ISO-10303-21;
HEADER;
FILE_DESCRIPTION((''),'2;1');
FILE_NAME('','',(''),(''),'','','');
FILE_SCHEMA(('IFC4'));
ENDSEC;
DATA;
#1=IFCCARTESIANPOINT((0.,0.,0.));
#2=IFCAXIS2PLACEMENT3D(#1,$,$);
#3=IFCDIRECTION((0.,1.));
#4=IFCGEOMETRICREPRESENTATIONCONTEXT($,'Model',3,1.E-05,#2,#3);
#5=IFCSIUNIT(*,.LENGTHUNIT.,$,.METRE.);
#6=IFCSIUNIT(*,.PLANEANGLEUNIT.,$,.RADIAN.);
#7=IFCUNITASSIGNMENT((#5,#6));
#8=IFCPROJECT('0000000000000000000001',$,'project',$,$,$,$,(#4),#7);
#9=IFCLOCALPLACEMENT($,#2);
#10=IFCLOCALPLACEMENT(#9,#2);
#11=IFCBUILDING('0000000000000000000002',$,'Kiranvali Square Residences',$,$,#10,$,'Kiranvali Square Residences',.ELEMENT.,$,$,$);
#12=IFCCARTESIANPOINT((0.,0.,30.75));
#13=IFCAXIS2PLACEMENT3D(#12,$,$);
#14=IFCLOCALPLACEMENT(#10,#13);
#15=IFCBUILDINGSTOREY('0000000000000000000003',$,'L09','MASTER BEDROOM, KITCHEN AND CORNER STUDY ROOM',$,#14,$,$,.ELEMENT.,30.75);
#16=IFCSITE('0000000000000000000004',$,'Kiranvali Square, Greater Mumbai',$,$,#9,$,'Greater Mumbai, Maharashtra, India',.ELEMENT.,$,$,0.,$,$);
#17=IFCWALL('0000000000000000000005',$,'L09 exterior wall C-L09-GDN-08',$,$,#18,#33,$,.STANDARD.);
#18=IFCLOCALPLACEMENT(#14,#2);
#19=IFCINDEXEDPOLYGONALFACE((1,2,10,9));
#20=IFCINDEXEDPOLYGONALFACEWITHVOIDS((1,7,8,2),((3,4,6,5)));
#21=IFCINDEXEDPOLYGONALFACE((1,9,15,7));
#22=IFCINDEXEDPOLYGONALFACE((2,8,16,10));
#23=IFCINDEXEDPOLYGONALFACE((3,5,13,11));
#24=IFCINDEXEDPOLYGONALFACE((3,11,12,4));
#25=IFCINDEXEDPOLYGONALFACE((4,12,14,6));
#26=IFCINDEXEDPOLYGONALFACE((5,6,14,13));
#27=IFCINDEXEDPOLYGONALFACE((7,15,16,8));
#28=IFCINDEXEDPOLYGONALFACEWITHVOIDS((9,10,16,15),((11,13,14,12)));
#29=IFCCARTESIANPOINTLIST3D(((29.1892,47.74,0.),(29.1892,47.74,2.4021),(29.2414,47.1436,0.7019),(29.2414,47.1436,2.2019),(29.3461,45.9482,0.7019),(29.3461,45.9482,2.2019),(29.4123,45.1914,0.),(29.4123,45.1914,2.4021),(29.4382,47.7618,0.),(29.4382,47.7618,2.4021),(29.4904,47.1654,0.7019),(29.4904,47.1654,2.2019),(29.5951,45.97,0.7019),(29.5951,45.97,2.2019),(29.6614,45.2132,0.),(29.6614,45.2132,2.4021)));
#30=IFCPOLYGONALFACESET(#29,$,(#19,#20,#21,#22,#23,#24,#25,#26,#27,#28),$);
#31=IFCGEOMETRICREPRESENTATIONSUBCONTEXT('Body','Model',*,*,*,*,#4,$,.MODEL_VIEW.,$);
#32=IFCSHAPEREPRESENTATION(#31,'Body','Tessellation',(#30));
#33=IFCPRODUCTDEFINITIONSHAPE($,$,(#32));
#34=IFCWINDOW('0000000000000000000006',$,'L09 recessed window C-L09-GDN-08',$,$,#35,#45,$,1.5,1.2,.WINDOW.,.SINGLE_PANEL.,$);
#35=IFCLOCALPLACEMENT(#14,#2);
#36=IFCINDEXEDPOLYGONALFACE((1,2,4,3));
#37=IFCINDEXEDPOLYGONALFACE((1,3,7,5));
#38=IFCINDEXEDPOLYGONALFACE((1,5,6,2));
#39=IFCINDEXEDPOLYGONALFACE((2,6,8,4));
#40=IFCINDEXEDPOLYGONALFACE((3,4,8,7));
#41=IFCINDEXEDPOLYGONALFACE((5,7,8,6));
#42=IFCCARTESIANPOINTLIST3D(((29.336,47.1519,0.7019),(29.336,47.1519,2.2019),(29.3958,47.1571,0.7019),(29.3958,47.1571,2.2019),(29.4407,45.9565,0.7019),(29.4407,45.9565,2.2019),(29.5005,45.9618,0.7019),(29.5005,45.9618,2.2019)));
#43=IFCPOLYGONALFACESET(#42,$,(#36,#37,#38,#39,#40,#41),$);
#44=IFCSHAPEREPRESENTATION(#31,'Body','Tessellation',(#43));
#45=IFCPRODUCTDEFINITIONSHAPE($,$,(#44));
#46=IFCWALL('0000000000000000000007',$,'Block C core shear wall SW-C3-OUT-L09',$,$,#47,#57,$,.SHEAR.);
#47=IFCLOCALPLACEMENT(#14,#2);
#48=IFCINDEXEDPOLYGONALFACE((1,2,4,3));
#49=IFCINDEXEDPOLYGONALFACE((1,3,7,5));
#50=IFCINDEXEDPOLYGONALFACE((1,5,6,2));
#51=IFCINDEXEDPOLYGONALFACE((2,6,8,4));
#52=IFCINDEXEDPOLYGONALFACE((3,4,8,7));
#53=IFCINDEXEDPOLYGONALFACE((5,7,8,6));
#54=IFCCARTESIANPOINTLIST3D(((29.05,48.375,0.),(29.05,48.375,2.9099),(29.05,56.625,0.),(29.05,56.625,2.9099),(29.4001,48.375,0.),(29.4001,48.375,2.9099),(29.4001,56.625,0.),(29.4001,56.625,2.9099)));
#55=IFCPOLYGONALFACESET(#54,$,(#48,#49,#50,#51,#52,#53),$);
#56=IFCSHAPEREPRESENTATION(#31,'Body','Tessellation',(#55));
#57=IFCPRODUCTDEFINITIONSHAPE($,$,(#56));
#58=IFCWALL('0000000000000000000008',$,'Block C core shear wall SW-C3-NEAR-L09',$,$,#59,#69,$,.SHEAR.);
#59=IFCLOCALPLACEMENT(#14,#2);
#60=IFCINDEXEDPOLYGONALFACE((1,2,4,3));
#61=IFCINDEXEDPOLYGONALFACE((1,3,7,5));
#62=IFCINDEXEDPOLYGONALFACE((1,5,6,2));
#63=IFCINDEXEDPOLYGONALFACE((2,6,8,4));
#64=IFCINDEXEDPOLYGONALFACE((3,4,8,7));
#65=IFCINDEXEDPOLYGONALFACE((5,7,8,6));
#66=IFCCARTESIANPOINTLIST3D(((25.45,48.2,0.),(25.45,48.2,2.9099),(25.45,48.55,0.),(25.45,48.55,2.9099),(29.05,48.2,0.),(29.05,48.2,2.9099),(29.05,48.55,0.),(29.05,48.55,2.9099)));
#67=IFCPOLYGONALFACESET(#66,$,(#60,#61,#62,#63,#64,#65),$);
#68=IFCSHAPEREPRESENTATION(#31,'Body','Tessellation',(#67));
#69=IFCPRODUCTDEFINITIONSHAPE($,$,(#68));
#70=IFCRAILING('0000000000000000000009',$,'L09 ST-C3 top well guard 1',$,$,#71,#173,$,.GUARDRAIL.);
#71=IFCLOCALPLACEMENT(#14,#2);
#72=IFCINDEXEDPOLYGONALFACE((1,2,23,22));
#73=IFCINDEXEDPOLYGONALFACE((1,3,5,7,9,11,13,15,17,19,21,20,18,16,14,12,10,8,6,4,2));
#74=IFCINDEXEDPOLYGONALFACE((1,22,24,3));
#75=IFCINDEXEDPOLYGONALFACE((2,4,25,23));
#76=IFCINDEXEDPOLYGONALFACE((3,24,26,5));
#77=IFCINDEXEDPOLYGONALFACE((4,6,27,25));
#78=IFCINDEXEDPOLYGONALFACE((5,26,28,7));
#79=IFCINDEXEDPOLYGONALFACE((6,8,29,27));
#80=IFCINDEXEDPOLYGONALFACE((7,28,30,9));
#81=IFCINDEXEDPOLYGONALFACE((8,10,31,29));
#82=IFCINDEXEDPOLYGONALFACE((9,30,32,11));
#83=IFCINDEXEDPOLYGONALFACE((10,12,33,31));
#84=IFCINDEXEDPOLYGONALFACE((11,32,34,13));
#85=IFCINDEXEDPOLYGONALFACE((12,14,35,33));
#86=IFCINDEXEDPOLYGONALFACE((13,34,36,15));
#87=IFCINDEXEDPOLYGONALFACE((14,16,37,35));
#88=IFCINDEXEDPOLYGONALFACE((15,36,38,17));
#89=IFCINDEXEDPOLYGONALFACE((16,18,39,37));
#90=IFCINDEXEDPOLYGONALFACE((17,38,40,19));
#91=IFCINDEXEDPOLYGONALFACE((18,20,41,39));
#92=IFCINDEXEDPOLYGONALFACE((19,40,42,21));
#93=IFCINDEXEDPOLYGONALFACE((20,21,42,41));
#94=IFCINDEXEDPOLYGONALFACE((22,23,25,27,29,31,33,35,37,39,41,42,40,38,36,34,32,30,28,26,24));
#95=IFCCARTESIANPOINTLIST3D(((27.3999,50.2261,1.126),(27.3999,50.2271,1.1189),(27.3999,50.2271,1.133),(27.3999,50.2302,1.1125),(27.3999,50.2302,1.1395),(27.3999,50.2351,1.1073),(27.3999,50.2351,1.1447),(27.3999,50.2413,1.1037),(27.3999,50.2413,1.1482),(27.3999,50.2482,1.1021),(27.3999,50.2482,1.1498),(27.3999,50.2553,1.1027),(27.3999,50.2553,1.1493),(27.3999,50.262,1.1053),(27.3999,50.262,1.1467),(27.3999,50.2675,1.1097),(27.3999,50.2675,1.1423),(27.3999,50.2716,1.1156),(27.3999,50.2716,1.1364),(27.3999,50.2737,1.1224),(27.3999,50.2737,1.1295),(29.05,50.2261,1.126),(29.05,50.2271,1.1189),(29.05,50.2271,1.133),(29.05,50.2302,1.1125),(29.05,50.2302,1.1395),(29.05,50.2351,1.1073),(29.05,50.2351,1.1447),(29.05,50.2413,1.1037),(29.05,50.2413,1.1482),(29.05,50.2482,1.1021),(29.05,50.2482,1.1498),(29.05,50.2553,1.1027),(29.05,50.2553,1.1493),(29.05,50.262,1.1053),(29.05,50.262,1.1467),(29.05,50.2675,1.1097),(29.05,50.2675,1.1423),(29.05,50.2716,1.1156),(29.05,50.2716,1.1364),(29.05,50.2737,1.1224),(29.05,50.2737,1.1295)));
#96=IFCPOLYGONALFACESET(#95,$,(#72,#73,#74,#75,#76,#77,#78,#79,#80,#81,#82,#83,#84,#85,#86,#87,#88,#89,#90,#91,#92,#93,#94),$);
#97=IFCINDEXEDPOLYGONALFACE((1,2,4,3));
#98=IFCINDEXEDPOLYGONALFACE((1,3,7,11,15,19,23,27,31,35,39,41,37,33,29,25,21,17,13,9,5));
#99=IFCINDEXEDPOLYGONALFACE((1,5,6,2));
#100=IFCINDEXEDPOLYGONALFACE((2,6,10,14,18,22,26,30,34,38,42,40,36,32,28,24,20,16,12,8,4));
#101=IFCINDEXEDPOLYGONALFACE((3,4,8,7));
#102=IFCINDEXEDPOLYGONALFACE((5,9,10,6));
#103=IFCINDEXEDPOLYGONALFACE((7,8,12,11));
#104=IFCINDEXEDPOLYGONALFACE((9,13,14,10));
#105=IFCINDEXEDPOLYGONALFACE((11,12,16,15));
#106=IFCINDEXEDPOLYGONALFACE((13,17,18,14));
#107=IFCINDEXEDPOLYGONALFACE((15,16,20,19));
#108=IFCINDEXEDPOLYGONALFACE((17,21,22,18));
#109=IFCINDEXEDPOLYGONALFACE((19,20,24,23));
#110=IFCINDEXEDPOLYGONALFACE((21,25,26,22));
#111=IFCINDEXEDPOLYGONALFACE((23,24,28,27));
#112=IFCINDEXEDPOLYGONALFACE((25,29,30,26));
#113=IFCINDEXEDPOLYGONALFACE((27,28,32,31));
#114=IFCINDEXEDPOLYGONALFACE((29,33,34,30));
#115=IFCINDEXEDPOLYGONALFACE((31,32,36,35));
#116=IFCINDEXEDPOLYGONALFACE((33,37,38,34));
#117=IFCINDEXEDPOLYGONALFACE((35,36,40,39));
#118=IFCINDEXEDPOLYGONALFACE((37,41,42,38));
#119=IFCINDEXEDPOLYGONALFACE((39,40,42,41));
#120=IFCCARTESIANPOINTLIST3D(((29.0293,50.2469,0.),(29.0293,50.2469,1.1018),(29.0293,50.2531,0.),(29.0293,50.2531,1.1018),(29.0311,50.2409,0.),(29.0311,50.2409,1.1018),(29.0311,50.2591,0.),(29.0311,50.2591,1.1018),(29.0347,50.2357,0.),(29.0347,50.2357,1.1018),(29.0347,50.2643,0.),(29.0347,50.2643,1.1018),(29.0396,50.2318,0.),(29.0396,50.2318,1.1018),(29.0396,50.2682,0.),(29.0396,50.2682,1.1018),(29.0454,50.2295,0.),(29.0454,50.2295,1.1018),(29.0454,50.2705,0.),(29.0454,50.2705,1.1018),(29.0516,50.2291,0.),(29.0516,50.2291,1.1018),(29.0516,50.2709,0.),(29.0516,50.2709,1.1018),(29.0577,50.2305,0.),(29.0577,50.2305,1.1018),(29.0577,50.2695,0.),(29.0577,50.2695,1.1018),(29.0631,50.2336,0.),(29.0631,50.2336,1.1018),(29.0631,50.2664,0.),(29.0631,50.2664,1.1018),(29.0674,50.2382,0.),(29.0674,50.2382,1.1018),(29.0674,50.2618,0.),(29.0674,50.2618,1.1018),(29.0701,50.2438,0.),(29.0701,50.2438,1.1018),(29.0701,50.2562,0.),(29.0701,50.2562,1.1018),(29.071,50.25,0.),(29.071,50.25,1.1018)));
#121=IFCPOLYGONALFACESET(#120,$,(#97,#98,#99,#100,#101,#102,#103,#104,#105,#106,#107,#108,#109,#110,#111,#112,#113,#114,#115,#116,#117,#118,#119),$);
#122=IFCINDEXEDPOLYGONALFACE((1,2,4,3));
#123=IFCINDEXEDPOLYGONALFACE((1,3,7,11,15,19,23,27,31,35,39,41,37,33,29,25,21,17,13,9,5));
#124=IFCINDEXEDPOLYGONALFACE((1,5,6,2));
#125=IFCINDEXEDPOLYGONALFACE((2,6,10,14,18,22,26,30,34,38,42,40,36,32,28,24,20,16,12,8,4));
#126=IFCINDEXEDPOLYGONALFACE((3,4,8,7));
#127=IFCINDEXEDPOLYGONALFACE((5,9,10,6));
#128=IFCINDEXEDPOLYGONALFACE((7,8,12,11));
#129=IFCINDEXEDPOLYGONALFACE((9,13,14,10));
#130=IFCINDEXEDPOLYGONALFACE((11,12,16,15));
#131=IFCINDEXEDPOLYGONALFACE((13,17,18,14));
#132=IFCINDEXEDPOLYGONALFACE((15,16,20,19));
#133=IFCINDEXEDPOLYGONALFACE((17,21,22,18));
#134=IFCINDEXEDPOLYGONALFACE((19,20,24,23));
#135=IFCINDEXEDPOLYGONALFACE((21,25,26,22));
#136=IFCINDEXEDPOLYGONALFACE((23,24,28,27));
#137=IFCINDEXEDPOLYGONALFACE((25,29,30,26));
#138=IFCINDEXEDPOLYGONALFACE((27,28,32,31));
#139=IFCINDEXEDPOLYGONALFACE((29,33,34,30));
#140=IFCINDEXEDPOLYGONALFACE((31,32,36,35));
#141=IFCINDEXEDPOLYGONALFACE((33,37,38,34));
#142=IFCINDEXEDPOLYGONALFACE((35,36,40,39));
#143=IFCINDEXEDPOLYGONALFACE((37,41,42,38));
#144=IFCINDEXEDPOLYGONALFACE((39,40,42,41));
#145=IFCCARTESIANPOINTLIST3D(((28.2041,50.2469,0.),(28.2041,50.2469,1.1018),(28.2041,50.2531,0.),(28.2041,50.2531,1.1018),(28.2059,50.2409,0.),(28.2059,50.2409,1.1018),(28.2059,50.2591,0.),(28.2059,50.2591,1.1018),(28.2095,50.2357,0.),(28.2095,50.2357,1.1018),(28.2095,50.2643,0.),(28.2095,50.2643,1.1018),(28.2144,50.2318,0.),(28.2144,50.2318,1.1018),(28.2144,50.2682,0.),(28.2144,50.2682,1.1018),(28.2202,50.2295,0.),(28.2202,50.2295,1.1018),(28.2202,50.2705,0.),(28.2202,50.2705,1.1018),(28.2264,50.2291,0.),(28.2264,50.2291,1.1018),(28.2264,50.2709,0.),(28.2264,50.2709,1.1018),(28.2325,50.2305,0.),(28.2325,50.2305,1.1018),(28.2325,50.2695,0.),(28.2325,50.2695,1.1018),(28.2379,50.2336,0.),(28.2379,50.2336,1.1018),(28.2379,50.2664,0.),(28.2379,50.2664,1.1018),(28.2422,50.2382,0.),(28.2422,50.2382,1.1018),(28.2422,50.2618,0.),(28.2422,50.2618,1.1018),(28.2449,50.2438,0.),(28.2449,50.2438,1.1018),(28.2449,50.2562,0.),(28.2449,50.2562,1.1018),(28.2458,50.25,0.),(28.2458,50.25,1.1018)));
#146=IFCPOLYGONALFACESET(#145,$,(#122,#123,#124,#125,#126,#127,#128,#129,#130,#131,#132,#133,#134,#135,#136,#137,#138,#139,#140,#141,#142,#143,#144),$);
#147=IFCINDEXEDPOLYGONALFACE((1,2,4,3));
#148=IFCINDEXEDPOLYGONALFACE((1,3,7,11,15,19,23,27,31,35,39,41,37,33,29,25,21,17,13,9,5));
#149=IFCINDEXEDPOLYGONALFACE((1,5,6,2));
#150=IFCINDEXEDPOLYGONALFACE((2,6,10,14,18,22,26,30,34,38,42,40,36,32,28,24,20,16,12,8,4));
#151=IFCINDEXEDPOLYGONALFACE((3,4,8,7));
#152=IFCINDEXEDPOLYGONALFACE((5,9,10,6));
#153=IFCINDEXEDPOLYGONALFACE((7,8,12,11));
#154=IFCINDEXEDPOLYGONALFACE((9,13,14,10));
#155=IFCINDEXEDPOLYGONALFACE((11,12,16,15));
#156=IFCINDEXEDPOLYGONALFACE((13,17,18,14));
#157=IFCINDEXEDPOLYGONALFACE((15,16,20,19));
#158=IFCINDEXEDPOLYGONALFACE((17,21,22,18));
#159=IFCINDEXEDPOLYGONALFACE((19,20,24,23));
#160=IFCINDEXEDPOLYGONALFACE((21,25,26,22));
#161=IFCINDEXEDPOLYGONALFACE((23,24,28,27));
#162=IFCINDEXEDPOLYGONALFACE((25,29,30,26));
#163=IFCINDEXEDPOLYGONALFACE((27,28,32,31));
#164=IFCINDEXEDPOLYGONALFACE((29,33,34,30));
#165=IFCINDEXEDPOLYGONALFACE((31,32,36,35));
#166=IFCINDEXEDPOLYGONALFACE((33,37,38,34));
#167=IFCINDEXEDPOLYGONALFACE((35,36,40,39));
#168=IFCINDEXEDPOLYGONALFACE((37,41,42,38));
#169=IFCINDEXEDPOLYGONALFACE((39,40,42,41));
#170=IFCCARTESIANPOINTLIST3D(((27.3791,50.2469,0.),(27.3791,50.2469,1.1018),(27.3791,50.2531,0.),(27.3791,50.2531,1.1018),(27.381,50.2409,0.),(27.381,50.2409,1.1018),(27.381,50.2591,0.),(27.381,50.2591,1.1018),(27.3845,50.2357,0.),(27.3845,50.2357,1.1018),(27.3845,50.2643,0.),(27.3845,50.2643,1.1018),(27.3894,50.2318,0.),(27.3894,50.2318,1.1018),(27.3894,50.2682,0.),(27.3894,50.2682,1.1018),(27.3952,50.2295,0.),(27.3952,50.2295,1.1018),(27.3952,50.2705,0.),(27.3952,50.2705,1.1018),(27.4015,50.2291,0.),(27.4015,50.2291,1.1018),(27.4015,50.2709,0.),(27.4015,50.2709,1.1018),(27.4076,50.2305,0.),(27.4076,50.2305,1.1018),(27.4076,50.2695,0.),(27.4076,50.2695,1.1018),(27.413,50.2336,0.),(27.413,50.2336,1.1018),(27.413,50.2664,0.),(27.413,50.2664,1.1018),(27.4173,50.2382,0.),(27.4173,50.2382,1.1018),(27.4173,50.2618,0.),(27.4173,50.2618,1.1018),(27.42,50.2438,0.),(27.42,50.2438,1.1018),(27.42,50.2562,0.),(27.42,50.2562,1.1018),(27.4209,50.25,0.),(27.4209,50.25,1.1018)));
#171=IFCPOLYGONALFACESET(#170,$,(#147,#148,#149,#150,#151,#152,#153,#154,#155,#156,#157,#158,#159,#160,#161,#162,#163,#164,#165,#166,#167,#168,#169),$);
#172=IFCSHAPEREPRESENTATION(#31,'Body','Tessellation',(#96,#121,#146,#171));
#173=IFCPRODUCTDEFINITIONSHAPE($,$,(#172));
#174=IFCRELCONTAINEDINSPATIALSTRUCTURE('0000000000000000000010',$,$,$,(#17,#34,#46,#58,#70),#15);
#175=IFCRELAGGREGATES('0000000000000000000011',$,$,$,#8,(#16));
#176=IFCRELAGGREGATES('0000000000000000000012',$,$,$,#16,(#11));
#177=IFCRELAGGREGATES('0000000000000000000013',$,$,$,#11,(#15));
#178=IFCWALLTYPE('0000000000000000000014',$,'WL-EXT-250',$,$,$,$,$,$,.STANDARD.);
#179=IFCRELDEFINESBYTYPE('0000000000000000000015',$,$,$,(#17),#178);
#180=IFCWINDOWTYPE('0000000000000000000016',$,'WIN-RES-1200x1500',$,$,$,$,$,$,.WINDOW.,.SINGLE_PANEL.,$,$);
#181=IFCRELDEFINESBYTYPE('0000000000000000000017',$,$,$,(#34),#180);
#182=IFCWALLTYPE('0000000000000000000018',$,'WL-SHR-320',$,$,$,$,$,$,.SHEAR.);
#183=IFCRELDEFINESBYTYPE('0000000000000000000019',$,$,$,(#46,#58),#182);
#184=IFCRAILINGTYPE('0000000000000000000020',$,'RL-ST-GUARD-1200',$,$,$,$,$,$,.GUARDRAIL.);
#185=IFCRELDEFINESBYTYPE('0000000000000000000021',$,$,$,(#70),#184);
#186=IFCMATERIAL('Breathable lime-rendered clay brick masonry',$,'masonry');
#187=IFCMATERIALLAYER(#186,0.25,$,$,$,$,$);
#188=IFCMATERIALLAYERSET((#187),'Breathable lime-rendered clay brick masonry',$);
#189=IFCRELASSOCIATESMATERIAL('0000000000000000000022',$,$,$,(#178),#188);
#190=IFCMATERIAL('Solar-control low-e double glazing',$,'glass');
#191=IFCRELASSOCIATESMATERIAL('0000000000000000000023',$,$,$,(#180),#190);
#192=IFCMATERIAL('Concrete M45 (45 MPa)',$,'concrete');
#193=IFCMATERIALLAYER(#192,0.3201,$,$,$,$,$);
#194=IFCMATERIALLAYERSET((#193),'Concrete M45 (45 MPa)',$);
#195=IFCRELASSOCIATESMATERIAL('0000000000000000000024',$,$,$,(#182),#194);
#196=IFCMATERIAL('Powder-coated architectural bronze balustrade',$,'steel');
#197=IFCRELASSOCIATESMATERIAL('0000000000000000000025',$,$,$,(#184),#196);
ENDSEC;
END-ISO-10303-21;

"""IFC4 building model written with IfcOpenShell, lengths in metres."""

from ifc_helpers import new_model, si_unit, direction, frame, frame_2d, origin, origin_2d, place, context, subcontext, project, spatial, rectangle, circle, extrude, material, layer, layer_set, type_object, element, fill, save


model = new_model("IFC4")

# Units and contexts
model_context = context("Model", 3, precision=1e-05, world=origin(), true_north=direction((0.0, 1.0)))
body_context = subcontext(model_context, "Body", "Model", "MODEL_VIEW")
ifc_project = project(units=[si_unit("LENGTHUNIT", "METRE"), si_unit("PLANEANGLEUNIT", "RADIAN")], contexts=[model_context])

# Site, building, storey
site_placement = place(None, origin())
site = spatial("IfcSite", under=ifc_project, at=site_placement, Name="Kiranvali Square, Greater Mumbai", LongName="Greater Mumbai, Maharashtra, India", CompositionType="ELEMENT", RefElevation=0.0)
building_placement = place(site_placement, origin())
building = spatial("IfcBuilding", under=site, at=building_placement, Name="Kiranvali Square Residences", LongName="Kiranvali Square Residences", CompositionType="ELEMENT")
storey_placement = place(building_placement, frame((0.0, 0.0, 30.75)))
storey = spatial("IfcBuildingStorey", under=building, at=storey_placement, Name="L09", Description="MASTER BEDROOM, KITCHEN AND CORNER STUDY ROOM", CompositionType="ELEMENT", Elevation=30.75)

# Shared definitions
ifc_material_1 = material(Name="Concrete M45 (45 MPa)", Category="concrete")

# Wall, opening, window
ifc_material_2 = material(Name="Breathable lime-rendered clay brick masonry", Category="masonry")
ifc_layer_1 = layer(ifc_material_2, 0.25)
ifc_layer_set_1 = layer_set([ifc_layer_1], Name="Breathable lime-rendered clay brick masonry")
wall_type_1 = type_object("IfcWallType", Name="WL-EXT-250", PredefinedType="STANDARD", material=ifc_layer_set_1)
wall_1_placement = place(storey_placement, frame((29.5369, 45.2021, 0.0), z_axis=(0.0, 0.0, 1.0), x_axis=(-0.087223, 0.996189, 0.0)))
wall_1 = element("IfcWall", 1, at=wall_1_placement, inside=storey, type_object=wall_type_1, Name="L09 exterior wall C-L09-GDN-08", PredefinedType="STANDARD", context=body_context, shape_type="SweptSolid", body=[
    extrude(rectangle(XDim=2.5583, YDim=0.25, at=frame_2d((1.2793, 0.0))), origin(), (0.0, 0.0, 1.0), 2.4021),
])
opening_1_placement = place(wall_1_placement, frame((0.7598, 0.0, 0.7019)))
opening_1 = element("IfcOpeningElement", 2, at=opening_1_placement, cuts=wall_1, PredefinedType="OPENING", context=body_context, shape_type="SweptSolid", body=[
    extrude(rectangle(XDim=1.2, YDim=1.5, at=frame_2d((0.6001, 0.75))), frame((0.0, 0.135, 0.0), z_axis=(0.0, -1.0, 0.0), x_axis=(1.0, 0.0, 0.0)), (0.0, 0.0, 1.0), 0.27),
])
ifc_material_3 = material(Name="Solar-control low-e double glazing", Category="glass")
window_type = type_object("IfcWindowType", Name="WIN-RES-1200x1500", PartitioningType="SINGLE_PANEL", PredefinedType="WINDOW", material=ifc_material_3)
window_placement = place(opening_1_placement, origin())
window = element("IfcWindow", 3, at=window_placement, inside=storey, type_object=window_type, Name="L09 recessed window C-L09-GDN-08", OverallHeight=1.5, OverallWidth=1.2, PartitioningType="SINGLE_PANEL", PredefinedType="WINDOW", context=body_context, shape_type="SweptSolid", body=[
    extrude(rectangle(XDim=1.2, YDim=1.5, at=frame_2d((0.6001, 0.75))), frame((0.0, 0.03, 0.0), z_axis=(0.0, -1.0, 0.0), x_axis=(1.0, 0.0, 0.0)), (0.0, 0.0, 1.0), 0.0601),
])
fill(opening_1, window)

# Wall
ifc_layer_2 = layer(ifc_material_1, 0.3201)
ifc_layer_set_2 = layer_set([ifc_layer_2], Name="Concrete M45 (45 MPa)")
wall_type_2 = type_object("IfcWallType", Name="WL-SHR-320", PredefinedType="SHEAR", material=ifc_layer_set_2)
wall_2_placement = place(storey_placement, frame((29.2251, 48.375, 0.0), z_axis=(0.0, 0.0, 1.0), x_axis=(0.0, 1.0, 0.0)))
element("IfcWall", 4, at=wall_2_placement, inside=storey, type_object=wall_type_2, Name="Block C core shear wall SW-C3-OUT-L09", PredefinedType="SHEAR", context=body_context, shape_type="SweptSolid", body=[
    extrude(rectangle(XDim=8.25, YDim=0.3501, at=frame_2d((4.125, 0.0))), origin(), (0.0, 0.0, 1.0), 2.9099),
])

# Wall
wall_3_placement = place(storey_placement, frame((29.05, 48.375, 0.0), z_axis=(0.0, 0.0, 1.0), x_axis=(-1.0, 0.0, 0.0)))
element("IfcWall", 5, at=wall_3_placement, inside=storey, type_object=wall_type_2, Name="Block C core shear wall SW-C3-NEAR-L09", PredefinedType="SHEAR", context=body_context, shape_type="SweptSolid", body=[
    extrude(rectangle(XDim=3.6001, YDim=0.3501, at=frame_2d((1.8, 0.0))), origin(), (0.0, 0.0, 1.0), 2.9099),
])

# Railing
ifc_material_4 = material(Name="Powder-coated architectural bronze balustrade", Category="steel")
railing_type = type_object("IfcRailingType", Name="RL-ST-GUARD-1200", PredefinedType="GUARDRAIL", material=ifc_material_4)
railing_placement = place(storey_placement, frame((29.05, 50.25, 0.0)))
element("IfcRailing", 6, at=railing_placement, inside=storey, type_object=railing_type, Name="L09 ST-C3 top well guard 1", PredefinedType="GUARDRAIL", context=body_context, shape_type="SweptSolid", body=[
    extrude(circle(Radius=0.0239, at=origin_2d()), frame((0.0, 0.0, 1.126), z_axis=(-1.0, 0.0, 0.0), x_axis=(0.0, -1.0, 0.0)), (0.0, 0.0, 1.0), 1.6501),
    extrude(circle(Radius=0.021, at=origin_2d()), origin(), (0.0, 0.0, 1.0), 1.1018),
    extrude(circle(Radius=0.021, at=origin_2d()), frame((-0.8252, 0.0, 0.0)), (0.0, 0.0, 1.0), 1.1018),
    extrude(circle(Radius=0.021, at=origin_2d()), frame((-1.6501, 0.0, 0.0)), (0.0, 0.0, 1.0), 1.1018),
])

save(model, "model.ifc")
